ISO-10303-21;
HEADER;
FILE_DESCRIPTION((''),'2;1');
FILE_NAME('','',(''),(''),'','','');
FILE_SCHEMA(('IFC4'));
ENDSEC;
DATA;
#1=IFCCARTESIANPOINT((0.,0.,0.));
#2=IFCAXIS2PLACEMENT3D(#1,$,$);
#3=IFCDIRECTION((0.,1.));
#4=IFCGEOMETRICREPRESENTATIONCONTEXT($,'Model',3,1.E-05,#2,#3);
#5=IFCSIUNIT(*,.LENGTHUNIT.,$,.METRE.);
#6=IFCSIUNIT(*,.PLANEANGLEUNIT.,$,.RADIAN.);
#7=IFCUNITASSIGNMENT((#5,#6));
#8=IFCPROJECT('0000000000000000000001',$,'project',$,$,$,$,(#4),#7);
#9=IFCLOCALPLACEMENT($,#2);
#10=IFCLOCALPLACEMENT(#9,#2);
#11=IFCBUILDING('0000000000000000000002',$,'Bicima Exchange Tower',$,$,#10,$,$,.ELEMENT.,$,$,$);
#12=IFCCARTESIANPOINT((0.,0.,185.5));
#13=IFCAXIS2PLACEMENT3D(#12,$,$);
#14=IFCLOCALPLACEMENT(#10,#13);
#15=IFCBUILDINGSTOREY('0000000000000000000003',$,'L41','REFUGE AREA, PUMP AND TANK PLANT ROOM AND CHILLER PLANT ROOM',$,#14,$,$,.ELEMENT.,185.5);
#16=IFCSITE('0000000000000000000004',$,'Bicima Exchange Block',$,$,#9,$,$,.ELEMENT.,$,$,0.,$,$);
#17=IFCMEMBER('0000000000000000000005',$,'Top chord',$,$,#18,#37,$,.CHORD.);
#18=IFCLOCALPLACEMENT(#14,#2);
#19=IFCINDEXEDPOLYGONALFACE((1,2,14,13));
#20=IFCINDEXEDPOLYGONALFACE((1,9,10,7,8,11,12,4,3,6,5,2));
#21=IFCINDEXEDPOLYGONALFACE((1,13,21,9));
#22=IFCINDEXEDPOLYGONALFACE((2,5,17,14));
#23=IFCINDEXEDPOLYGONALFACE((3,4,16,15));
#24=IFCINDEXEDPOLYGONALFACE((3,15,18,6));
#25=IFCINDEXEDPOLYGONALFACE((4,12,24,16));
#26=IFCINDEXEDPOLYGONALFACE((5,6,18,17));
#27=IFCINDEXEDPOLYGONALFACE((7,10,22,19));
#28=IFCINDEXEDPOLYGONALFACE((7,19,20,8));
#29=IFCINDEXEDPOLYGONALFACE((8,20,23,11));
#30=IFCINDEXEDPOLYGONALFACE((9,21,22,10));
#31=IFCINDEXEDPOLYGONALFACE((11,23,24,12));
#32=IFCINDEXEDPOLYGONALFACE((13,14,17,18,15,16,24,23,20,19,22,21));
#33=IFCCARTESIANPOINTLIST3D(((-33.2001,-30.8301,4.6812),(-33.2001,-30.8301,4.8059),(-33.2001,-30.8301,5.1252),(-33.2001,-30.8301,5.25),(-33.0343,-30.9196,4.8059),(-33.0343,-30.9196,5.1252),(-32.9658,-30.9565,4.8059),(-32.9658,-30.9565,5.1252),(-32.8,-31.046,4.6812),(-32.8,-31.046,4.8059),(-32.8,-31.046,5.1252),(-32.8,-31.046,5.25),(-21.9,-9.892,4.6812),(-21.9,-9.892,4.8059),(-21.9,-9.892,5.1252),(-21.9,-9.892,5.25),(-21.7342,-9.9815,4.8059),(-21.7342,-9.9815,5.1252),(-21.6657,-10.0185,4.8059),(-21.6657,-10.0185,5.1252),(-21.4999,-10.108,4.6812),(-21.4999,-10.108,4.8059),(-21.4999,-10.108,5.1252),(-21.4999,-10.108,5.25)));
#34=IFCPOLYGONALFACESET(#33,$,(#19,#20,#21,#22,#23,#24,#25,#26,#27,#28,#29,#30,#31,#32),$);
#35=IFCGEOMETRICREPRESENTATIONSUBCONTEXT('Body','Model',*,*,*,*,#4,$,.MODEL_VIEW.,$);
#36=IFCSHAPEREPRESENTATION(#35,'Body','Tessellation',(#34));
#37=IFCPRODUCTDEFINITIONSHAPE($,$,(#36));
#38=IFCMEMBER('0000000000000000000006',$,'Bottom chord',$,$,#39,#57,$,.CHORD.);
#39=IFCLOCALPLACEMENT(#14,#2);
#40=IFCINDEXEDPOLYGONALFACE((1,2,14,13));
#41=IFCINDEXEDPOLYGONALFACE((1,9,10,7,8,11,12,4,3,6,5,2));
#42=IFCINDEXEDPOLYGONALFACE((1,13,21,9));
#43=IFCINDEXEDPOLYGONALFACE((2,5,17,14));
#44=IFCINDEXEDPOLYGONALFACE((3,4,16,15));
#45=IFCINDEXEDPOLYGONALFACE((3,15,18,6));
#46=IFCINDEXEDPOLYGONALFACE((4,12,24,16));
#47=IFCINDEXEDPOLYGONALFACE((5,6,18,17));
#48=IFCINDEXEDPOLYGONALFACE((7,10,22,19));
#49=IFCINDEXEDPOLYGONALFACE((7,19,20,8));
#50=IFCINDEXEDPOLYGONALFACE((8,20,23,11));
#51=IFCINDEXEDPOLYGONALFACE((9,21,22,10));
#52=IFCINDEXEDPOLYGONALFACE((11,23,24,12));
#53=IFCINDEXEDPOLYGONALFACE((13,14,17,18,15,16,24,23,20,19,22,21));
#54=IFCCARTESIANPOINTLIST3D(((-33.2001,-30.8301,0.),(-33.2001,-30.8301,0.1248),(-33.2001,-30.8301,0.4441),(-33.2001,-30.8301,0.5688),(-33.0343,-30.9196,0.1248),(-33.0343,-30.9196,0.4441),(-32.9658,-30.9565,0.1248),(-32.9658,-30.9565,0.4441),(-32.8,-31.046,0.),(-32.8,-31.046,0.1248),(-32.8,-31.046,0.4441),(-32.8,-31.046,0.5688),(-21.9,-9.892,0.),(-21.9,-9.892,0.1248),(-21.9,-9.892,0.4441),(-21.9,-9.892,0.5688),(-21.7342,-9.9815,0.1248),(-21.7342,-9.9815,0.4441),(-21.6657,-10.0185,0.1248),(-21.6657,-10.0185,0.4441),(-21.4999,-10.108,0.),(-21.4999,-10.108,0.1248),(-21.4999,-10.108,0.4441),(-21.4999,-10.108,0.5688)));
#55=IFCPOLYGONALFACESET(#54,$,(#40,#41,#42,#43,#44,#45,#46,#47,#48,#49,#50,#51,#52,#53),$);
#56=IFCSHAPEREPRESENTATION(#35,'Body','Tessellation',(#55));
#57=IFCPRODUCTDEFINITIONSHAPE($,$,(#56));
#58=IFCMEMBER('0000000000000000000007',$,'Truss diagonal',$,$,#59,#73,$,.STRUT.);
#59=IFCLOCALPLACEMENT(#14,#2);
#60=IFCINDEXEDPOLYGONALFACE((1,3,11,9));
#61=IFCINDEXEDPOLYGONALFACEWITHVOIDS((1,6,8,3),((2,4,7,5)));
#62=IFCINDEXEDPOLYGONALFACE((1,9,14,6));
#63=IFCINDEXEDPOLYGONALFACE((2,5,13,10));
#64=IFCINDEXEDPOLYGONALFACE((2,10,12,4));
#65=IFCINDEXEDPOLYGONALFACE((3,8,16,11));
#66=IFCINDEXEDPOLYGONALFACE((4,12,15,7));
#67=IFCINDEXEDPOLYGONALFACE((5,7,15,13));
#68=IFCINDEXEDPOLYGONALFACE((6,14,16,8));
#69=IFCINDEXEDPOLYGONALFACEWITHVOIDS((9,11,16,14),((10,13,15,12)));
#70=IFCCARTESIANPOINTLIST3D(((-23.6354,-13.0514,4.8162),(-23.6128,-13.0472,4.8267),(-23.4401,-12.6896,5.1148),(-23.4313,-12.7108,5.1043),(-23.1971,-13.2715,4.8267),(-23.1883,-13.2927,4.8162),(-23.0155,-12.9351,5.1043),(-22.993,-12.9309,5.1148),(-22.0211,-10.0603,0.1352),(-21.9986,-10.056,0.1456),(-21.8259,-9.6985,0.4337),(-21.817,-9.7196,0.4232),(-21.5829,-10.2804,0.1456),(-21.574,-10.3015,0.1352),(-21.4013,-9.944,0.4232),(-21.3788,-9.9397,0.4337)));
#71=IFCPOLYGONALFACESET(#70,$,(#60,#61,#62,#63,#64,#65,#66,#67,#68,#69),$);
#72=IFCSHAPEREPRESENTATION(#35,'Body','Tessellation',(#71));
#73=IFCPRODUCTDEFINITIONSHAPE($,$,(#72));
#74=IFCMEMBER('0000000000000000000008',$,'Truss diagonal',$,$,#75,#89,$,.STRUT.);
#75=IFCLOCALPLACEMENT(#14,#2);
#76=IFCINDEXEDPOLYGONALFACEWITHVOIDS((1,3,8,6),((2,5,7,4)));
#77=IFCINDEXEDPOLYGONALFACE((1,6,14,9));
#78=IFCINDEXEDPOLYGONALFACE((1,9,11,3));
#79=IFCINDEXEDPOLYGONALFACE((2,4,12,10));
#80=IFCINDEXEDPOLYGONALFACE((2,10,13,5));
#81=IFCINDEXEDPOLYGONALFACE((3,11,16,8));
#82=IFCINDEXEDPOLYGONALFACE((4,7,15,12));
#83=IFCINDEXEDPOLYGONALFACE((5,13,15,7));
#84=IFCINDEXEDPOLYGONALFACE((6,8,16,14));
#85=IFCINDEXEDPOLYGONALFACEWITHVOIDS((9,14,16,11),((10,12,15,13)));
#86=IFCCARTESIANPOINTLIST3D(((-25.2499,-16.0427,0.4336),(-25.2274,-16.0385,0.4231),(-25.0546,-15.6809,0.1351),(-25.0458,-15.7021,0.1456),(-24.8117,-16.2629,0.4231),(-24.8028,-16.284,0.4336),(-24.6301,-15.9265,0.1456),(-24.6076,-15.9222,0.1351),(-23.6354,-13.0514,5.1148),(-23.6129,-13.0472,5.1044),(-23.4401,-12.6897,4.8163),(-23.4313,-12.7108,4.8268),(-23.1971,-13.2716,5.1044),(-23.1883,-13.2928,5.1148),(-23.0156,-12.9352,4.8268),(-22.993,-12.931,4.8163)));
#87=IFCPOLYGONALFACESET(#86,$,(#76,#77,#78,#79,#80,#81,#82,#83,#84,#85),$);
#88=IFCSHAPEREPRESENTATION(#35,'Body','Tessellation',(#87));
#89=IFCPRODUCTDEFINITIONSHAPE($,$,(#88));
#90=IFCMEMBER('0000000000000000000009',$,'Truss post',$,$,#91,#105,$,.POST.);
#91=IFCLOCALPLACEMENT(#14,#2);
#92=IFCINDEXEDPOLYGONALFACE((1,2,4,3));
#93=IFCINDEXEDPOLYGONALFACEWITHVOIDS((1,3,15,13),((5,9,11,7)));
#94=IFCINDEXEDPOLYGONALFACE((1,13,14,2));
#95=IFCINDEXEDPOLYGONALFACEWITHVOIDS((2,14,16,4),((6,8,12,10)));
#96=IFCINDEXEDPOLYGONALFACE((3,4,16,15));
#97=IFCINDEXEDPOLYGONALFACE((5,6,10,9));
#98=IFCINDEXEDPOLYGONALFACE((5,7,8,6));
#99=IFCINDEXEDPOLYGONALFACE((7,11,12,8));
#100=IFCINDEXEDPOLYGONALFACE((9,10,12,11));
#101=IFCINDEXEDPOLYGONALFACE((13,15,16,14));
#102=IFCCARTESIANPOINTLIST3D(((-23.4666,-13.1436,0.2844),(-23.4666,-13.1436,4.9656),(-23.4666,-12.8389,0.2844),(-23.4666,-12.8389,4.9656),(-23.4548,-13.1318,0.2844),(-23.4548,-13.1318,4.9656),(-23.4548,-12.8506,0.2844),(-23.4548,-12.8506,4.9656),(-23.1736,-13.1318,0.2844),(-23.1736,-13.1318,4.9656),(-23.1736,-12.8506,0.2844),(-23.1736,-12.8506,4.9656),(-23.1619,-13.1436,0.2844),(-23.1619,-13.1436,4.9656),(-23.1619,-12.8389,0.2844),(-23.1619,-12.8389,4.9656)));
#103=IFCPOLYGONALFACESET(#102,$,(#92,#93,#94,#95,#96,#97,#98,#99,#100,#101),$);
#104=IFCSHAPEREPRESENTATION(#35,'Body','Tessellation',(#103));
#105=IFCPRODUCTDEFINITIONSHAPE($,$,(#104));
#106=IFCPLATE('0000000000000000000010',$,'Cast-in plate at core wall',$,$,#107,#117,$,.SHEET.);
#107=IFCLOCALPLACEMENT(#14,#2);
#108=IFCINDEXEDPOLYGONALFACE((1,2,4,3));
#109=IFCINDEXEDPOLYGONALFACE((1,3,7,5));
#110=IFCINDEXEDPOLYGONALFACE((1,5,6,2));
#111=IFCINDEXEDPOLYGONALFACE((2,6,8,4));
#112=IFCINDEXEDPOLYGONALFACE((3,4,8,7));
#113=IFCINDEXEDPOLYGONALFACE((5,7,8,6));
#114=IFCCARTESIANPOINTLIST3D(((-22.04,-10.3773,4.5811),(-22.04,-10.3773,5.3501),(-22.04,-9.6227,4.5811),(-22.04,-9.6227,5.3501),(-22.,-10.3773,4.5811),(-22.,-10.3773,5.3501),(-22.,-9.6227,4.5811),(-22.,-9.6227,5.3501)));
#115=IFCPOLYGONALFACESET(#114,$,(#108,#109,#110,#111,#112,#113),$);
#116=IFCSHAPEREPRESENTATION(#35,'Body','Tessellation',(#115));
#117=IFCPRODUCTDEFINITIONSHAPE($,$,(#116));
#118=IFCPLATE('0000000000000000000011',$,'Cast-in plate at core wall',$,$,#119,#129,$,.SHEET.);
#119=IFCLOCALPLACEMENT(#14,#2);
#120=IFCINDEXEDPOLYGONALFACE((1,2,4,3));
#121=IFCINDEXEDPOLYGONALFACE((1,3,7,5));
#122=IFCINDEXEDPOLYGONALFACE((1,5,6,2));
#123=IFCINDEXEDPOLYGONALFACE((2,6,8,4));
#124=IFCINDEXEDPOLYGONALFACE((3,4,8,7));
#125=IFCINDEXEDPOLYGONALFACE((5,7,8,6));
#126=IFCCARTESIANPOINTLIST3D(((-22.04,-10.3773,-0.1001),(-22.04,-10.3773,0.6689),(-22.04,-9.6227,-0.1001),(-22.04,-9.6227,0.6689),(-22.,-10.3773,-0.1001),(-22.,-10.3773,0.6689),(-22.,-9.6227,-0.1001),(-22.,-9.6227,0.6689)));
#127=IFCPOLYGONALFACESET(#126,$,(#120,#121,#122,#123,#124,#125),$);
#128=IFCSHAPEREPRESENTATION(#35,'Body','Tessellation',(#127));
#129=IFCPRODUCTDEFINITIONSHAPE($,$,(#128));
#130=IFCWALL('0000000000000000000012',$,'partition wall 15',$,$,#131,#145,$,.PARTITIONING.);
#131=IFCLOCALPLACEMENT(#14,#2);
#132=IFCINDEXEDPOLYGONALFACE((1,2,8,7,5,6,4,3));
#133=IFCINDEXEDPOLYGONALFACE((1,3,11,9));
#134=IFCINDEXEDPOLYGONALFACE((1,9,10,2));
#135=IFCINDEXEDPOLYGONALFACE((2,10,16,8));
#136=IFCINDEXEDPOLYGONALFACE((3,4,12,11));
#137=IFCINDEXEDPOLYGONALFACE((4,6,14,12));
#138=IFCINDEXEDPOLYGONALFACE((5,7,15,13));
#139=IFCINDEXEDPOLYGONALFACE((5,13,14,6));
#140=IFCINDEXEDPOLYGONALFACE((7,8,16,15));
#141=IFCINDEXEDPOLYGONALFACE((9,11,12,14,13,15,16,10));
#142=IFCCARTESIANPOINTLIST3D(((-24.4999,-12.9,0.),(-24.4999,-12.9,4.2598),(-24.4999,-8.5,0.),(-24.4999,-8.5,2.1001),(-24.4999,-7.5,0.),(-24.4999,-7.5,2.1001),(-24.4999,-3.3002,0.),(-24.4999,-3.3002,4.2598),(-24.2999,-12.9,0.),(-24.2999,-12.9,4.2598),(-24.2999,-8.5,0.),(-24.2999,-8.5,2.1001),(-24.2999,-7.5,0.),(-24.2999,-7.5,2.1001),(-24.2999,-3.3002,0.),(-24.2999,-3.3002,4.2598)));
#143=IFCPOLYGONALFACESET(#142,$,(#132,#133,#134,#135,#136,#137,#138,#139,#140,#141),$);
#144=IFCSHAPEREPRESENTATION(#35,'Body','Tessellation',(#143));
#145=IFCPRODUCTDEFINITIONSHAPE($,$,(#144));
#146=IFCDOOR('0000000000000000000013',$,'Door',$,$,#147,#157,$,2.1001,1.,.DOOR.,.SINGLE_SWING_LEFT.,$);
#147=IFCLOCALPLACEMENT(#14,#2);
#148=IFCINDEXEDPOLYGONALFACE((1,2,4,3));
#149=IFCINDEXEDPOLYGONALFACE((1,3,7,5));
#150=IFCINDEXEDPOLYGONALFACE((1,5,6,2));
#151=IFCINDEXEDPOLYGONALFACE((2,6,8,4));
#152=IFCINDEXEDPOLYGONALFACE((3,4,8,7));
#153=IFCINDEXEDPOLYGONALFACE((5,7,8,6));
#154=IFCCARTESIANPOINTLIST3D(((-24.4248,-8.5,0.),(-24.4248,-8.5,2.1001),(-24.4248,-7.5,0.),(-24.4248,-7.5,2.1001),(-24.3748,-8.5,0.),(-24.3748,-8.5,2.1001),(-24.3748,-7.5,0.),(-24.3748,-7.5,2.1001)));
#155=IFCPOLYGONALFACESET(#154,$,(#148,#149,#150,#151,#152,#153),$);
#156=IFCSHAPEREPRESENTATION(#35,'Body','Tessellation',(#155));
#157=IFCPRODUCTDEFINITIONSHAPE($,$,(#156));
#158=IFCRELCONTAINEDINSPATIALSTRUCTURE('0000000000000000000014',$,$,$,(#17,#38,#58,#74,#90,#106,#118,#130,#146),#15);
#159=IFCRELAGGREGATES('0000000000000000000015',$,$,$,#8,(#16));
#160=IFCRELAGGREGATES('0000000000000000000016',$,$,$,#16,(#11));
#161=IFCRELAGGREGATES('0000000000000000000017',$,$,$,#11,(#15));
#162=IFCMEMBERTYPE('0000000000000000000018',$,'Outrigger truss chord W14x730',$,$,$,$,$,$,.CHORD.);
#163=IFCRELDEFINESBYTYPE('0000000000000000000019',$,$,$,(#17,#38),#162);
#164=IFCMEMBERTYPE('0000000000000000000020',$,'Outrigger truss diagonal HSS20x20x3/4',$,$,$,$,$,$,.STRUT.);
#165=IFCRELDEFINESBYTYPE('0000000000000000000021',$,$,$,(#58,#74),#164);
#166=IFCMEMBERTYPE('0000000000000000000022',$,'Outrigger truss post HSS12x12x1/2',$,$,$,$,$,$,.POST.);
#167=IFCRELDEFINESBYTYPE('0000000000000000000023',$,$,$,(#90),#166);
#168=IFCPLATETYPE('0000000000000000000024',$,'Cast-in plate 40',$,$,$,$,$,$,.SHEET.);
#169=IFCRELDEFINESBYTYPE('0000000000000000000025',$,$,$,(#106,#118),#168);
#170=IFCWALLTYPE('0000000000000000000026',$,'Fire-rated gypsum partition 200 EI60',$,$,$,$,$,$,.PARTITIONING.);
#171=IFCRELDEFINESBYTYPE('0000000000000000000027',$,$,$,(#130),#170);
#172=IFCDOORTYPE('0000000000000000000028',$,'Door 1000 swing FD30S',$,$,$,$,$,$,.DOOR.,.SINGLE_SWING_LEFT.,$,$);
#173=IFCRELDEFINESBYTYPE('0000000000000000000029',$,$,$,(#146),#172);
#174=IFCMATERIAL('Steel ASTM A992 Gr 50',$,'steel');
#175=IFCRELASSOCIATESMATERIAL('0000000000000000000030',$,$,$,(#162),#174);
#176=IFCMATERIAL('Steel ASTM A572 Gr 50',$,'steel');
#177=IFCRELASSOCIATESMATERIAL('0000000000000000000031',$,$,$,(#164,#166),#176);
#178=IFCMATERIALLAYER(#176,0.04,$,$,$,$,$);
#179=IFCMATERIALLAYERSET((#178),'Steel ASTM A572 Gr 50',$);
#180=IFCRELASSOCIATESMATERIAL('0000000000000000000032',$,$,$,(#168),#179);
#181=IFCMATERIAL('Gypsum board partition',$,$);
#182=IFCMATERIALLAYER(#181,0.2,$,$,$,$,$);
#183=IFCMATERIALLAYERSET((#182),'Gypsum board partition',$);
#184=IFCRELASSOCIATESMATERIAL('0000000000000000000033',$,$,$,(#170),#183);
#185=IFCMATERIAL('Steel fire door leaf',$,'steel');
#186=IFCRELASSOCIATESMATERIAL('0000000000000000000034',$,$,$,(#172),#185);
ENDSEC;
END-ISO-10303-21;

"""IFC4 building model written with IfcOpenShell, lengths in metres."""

from ifc_helpers import new_model, si_unit, direction, frame, frame_2d, origin, origin_2d, place, context, subcontext, project, spatial, rectangle, hollow_rectangle, i_section, extrude, material, layer, layer_set, material_profile, profile_set, type_object, element, fill, save


model = new_model("IFC4")

# Units and contexts
model_context = context("Model", 3, precision=1e-05, world=origin(), true_north=direction((0.0, 1.0)))
body_context = subcontext(model_context, "Body", "Model", "MODEL_VIEW")
ifc_project = project(units=[si_unit("LENGTHUNIT", "METRE"), si_unit("PLANEANGLEUNIT", "RADIAN")], contexts=[model_context])

# Site, building, storey
site_placement = place(None, origin())
site = spatial("IfcSite", under=ifc_project, at=site_placement, Name="Bicima Exchange Block", CompositionType="ELEMENT", RefElevation=0.0)
building_placement = place(site_placement, origin())
building = spatial("IfcBuilding", under=site, at=building_placement, Name="Bicima Exchange Tower", CompositionType="ELEMENT")
storey_placement = place(building_placement, frame((0.0, 0.0, 185.5)))
storey = spatial("IfcBuildingStorey", under=building, at=storey_placement, Name="L41", Description="REFUGE AREA, PUMP AND TANK PLANT ROOM AND CHILLER PLANT ROOM", CompositionType="ELEMENT", Elevation=185.5)

# Members
ifc_material_1 = material(Name="Steel ASTM A992 Gr 50", Category="steel")
ifc_material_profile_1 = material_profile(ifc_material_1, i_section(OverallWidth=0.4546, OverallDepth=0.5688, WebThickness=0.0779, FlangeThickness=0.1248, at=origin_2d()))
ifc_profile_set_1 = profile_set([ifc_material_profile_1], Name="Steel ASTM A992 Gr 50")
member_type_1 = type_object("IfcMemberType", Name="Outrigger truss chord W14x730", PredefinedType="CHORD", material=ifc_profile_set_1)
for number, where, z_axis, x_axis, name in (
    (1, (-21.7, -10.0, 4.9656), (-0.474939, -0.880019, 0.0), (0.880019, -0.474939, 0.0), "Top chord"),
    (2, (-21.7, -10.0, 0.2844), (-0.474939, -0.880019, 0.0), (0.880019, -0.474939, 0.0), "Bottom chord"),
):
    element("IfcMember", number, at=place(storey_placement, frame(where, z_axis=z_axis, x_axis=x_axis)), inside=storey, type_object=member_type_1, Name=name, PredefinedType="CHORD", context=body_context, shape_type="SweptSolid", body=[
        extrude(i_section(OverallWidth=0.4546, OverallDepth=0.5688, WebThickness=0.0779, FlangeThickness=0.1248, at=origin_2d()), origin(), (0.0, 0.0, 1.0), 23.7927),
    ])
ifc_material_2 = material(Name="Steel ASTM A572 Gr 50", Category="steel")
ifc_material_profile_2 = material_profile(ifc_material_2, hollow_rectangle(XDim=0.5081, YDim=0.5081, WallThickness=0.0178, at=origin_2d()))
ifc_profile_set_2 = profile_set([ifc_material_profile_2], Name="Steel ASTM A572 Gr 50")
member_type_2 = type_object("IfcMemberType", Name="Outrigger truss diagonal HSS20x20x3/4", PredefinedType="STRUT", material=ifc_profile_set_2)
member_1_placement = place(storey_placement, frame((-21.7, -10.0, 0.2844), z_axis=(-0.279041, -0.517062, 0.809186), x_axis=(0.880028, -0.474922, 0.0)))
element("IfcMember", 3, at=member_1_placement, inside=storey, type_object=member_type_2, Name="Truss diagonal", PredefinedType="STRUT", context=body_context, shape_type="SweptSolid", body=[
    extrude(hollow_rectangle(XDim=0.5081, YDim=0.5081, WallThickness=0.0178, at=origin_2d()), origin(), (0.0, 0.0, 1.0), 5.7849),
])
member_2_placement = place(storey_placement, frame((-23.3142, -12.9912, 4.9656), z_axis=(-0.27908, -0.517056, -0.809177), x_axis=(0.879998, -0.474978, 0.0)))
element("IfcMember", 4, at=member_2_placement, inside=storey, type_object=member_type_2, Name="Truss diagonal", PredefinedType="STRUT", context=body_context, shape_type="SweptSolid", body=[
    extrude(hollow_rectangle(XDim=0.5081, YDim=0.5081, WallThickness=0.0178, at=origin_2d()), origin(), (0.0, 0.0, 1.0), 5.7852),
])
ifc_material_profile_3 = material_profile(ifc_material_2, hollow_rectangle(XDim=0.3047, YDim=0.3047, WallThickness=0.0117, at=origin_2d()))
ifc_profile_set_3 = profile_set([ifc_material_profile_3], Name="Steel ASTM A572 Gr 50")
member_type_3 = type_object("IfcMemberType", Name="Outrigger truss post HSS12x12x1/2", PredefinedType="POST", material=ifc_profile_set_3)
member_3_placement = place(storey_placement, frame((-23.3142, -12.9912, 0.2844), z_axis=(0.0, 0.0, 1.0), x_axis=(1.0, 0.0, 0.0)))
element("IfcMember", 5, at=member_3_placement, inside=storey, type_object=member_type_3, Name="Truss post", PredefinedType="POST", context=body_context, shape_type="SweptSolid", body=[
    extrude(hollow_rectangle(XDim=0.3047, YDim=0.3047, WallThickness=0.0117, at=origin_2d()), origin(), (0.0, 0.0, 1.0), 4.6812),
])

# Plates
ifc_layer_1 = layer(ifc_material_2, 0.04)
ifc_layer_set_1 = layer_set([ifc_layer_1], Name="Steel ASTM A572 Gr 50")
plate_type = type_object("IfcPlateType", Name="Cast-in plate 40", PredefinedType="SHEET", material=ifc_layer_set_1)
for number, where, z_axis, x_axis, name in (
    (6, (-22.02, -10.0, 4.5811), (0.0, 0.0, 1.0), (1.0, 0.0, 0.0), "Cast-in plate at core wall"),
    (7, (-22.02, -10.0, -0.1001), (0.0, 0.0, 1.0), (1.0, 0.0, 0.0), "Cast-in plate at core wall"),
):
    element("IfcPlate", number, at=place(storey_placement, frame(where, z_axis=z_axis, x_axis=x_axis)), inside=storey, type_object=plate_type, Name=name, PredefinedType="SHEET", context=body_context, shape_type="SweptSolid", body=[
        extrude(rectangle(XDim=0.04, YDim=0.7546, at=origin_2d()), origin(), (0.0, 0.0, 1.0), 0.769),
    ])

# Wall, opening, door
ifc_material_3 = material(Name="Gypsum board partition")
ifc_layer_2 = layer(ifc_material_3, 0.2)
ifc_layer_set_2 = layer_set([ifc_layer_2], Name="Gypsum board partition")
wall_type_1 = type_object("IfcWallType", Name="Fire-rated gypsum partition 200 EI60", PredefinedType="PARTITIONING", material=ifc_layer_set_2)
wall_1_placement = place(storey_placement, frame((-24.3999, -12.8999, 0.0), z_axis=(0.0, 0.0, 1.0), x_axis=(0.0, 1.0, 0.0)))
wall_1 = element("IfcWall", 8, at=wall_1_placement, inside=storey, type_object=wall_type_1, Name="partition wall 15", PredefinedType="PARTITIONING", context=body_context, shape_type="SweptSolid", body=[
    extrude(rectangle(XDim=9.5999, YDim=0.2, at=frame_2d((4.7998, 0.0))), origin(), (0.0, 0.0, 1.0), 4.2598),
])
opening_1_placement = place(wall_1_placement, frame((4.3999, 0.0, 0.0)))
opening_1 = element("IfcOpeningElement", 9, at=opening_1_placement, cuts=wall_1, PredefinedType="OPENING", context=body_context, shape_type="SweptSolid", body=[
    extrude(rectangle(XDim=1.0, YDim=2.1001, at=frame_2d((0.5, 1.05))), frame((0.0, 0.1118, 0.0), z_axis=(0.0, -1.0, 0.0), x_axis=(1.0, 0.0, 0.0)), (0.0, 0.0, 1.0), 0.2239),
])
ifc_material_4 = material(Name="Steel fire door leaf", Category="steel")
door_type_1 = type_object("IfcDoorType", Name="Door 1000 swing FD30S", OperationType="SINGLE_SWING_LEFT", PredefinedType="DOOR", material=ifc_material_4)
door_1_placement = place(opening_1_placement, origin())
door_1 = element("IfcDoor", 10, at=door_1_placement, inside=storey, type_object=door_type_1, Name="Door", OperationType="SINGLE_SWING_LEFT", OverallHeight=2.1001, OverallWidth=1.0, PredefinedType="DOOR", context=body_context, shape_type="SweptSolid", body=[
    extrude(rectangle(XDim=1.0, YDim=2.1001, at=frame_2d((0.5, 1.05))), frame((0.0, 0.0249, 0.0), z_axis=(0.0, -1.0, 0.0), x_axis=(1.0, 0.0, 0.0)), (0.0, 0.0, 1.0), 0.05),
])
fill(opening_1, door_1)

save(model, "model.ifc")
